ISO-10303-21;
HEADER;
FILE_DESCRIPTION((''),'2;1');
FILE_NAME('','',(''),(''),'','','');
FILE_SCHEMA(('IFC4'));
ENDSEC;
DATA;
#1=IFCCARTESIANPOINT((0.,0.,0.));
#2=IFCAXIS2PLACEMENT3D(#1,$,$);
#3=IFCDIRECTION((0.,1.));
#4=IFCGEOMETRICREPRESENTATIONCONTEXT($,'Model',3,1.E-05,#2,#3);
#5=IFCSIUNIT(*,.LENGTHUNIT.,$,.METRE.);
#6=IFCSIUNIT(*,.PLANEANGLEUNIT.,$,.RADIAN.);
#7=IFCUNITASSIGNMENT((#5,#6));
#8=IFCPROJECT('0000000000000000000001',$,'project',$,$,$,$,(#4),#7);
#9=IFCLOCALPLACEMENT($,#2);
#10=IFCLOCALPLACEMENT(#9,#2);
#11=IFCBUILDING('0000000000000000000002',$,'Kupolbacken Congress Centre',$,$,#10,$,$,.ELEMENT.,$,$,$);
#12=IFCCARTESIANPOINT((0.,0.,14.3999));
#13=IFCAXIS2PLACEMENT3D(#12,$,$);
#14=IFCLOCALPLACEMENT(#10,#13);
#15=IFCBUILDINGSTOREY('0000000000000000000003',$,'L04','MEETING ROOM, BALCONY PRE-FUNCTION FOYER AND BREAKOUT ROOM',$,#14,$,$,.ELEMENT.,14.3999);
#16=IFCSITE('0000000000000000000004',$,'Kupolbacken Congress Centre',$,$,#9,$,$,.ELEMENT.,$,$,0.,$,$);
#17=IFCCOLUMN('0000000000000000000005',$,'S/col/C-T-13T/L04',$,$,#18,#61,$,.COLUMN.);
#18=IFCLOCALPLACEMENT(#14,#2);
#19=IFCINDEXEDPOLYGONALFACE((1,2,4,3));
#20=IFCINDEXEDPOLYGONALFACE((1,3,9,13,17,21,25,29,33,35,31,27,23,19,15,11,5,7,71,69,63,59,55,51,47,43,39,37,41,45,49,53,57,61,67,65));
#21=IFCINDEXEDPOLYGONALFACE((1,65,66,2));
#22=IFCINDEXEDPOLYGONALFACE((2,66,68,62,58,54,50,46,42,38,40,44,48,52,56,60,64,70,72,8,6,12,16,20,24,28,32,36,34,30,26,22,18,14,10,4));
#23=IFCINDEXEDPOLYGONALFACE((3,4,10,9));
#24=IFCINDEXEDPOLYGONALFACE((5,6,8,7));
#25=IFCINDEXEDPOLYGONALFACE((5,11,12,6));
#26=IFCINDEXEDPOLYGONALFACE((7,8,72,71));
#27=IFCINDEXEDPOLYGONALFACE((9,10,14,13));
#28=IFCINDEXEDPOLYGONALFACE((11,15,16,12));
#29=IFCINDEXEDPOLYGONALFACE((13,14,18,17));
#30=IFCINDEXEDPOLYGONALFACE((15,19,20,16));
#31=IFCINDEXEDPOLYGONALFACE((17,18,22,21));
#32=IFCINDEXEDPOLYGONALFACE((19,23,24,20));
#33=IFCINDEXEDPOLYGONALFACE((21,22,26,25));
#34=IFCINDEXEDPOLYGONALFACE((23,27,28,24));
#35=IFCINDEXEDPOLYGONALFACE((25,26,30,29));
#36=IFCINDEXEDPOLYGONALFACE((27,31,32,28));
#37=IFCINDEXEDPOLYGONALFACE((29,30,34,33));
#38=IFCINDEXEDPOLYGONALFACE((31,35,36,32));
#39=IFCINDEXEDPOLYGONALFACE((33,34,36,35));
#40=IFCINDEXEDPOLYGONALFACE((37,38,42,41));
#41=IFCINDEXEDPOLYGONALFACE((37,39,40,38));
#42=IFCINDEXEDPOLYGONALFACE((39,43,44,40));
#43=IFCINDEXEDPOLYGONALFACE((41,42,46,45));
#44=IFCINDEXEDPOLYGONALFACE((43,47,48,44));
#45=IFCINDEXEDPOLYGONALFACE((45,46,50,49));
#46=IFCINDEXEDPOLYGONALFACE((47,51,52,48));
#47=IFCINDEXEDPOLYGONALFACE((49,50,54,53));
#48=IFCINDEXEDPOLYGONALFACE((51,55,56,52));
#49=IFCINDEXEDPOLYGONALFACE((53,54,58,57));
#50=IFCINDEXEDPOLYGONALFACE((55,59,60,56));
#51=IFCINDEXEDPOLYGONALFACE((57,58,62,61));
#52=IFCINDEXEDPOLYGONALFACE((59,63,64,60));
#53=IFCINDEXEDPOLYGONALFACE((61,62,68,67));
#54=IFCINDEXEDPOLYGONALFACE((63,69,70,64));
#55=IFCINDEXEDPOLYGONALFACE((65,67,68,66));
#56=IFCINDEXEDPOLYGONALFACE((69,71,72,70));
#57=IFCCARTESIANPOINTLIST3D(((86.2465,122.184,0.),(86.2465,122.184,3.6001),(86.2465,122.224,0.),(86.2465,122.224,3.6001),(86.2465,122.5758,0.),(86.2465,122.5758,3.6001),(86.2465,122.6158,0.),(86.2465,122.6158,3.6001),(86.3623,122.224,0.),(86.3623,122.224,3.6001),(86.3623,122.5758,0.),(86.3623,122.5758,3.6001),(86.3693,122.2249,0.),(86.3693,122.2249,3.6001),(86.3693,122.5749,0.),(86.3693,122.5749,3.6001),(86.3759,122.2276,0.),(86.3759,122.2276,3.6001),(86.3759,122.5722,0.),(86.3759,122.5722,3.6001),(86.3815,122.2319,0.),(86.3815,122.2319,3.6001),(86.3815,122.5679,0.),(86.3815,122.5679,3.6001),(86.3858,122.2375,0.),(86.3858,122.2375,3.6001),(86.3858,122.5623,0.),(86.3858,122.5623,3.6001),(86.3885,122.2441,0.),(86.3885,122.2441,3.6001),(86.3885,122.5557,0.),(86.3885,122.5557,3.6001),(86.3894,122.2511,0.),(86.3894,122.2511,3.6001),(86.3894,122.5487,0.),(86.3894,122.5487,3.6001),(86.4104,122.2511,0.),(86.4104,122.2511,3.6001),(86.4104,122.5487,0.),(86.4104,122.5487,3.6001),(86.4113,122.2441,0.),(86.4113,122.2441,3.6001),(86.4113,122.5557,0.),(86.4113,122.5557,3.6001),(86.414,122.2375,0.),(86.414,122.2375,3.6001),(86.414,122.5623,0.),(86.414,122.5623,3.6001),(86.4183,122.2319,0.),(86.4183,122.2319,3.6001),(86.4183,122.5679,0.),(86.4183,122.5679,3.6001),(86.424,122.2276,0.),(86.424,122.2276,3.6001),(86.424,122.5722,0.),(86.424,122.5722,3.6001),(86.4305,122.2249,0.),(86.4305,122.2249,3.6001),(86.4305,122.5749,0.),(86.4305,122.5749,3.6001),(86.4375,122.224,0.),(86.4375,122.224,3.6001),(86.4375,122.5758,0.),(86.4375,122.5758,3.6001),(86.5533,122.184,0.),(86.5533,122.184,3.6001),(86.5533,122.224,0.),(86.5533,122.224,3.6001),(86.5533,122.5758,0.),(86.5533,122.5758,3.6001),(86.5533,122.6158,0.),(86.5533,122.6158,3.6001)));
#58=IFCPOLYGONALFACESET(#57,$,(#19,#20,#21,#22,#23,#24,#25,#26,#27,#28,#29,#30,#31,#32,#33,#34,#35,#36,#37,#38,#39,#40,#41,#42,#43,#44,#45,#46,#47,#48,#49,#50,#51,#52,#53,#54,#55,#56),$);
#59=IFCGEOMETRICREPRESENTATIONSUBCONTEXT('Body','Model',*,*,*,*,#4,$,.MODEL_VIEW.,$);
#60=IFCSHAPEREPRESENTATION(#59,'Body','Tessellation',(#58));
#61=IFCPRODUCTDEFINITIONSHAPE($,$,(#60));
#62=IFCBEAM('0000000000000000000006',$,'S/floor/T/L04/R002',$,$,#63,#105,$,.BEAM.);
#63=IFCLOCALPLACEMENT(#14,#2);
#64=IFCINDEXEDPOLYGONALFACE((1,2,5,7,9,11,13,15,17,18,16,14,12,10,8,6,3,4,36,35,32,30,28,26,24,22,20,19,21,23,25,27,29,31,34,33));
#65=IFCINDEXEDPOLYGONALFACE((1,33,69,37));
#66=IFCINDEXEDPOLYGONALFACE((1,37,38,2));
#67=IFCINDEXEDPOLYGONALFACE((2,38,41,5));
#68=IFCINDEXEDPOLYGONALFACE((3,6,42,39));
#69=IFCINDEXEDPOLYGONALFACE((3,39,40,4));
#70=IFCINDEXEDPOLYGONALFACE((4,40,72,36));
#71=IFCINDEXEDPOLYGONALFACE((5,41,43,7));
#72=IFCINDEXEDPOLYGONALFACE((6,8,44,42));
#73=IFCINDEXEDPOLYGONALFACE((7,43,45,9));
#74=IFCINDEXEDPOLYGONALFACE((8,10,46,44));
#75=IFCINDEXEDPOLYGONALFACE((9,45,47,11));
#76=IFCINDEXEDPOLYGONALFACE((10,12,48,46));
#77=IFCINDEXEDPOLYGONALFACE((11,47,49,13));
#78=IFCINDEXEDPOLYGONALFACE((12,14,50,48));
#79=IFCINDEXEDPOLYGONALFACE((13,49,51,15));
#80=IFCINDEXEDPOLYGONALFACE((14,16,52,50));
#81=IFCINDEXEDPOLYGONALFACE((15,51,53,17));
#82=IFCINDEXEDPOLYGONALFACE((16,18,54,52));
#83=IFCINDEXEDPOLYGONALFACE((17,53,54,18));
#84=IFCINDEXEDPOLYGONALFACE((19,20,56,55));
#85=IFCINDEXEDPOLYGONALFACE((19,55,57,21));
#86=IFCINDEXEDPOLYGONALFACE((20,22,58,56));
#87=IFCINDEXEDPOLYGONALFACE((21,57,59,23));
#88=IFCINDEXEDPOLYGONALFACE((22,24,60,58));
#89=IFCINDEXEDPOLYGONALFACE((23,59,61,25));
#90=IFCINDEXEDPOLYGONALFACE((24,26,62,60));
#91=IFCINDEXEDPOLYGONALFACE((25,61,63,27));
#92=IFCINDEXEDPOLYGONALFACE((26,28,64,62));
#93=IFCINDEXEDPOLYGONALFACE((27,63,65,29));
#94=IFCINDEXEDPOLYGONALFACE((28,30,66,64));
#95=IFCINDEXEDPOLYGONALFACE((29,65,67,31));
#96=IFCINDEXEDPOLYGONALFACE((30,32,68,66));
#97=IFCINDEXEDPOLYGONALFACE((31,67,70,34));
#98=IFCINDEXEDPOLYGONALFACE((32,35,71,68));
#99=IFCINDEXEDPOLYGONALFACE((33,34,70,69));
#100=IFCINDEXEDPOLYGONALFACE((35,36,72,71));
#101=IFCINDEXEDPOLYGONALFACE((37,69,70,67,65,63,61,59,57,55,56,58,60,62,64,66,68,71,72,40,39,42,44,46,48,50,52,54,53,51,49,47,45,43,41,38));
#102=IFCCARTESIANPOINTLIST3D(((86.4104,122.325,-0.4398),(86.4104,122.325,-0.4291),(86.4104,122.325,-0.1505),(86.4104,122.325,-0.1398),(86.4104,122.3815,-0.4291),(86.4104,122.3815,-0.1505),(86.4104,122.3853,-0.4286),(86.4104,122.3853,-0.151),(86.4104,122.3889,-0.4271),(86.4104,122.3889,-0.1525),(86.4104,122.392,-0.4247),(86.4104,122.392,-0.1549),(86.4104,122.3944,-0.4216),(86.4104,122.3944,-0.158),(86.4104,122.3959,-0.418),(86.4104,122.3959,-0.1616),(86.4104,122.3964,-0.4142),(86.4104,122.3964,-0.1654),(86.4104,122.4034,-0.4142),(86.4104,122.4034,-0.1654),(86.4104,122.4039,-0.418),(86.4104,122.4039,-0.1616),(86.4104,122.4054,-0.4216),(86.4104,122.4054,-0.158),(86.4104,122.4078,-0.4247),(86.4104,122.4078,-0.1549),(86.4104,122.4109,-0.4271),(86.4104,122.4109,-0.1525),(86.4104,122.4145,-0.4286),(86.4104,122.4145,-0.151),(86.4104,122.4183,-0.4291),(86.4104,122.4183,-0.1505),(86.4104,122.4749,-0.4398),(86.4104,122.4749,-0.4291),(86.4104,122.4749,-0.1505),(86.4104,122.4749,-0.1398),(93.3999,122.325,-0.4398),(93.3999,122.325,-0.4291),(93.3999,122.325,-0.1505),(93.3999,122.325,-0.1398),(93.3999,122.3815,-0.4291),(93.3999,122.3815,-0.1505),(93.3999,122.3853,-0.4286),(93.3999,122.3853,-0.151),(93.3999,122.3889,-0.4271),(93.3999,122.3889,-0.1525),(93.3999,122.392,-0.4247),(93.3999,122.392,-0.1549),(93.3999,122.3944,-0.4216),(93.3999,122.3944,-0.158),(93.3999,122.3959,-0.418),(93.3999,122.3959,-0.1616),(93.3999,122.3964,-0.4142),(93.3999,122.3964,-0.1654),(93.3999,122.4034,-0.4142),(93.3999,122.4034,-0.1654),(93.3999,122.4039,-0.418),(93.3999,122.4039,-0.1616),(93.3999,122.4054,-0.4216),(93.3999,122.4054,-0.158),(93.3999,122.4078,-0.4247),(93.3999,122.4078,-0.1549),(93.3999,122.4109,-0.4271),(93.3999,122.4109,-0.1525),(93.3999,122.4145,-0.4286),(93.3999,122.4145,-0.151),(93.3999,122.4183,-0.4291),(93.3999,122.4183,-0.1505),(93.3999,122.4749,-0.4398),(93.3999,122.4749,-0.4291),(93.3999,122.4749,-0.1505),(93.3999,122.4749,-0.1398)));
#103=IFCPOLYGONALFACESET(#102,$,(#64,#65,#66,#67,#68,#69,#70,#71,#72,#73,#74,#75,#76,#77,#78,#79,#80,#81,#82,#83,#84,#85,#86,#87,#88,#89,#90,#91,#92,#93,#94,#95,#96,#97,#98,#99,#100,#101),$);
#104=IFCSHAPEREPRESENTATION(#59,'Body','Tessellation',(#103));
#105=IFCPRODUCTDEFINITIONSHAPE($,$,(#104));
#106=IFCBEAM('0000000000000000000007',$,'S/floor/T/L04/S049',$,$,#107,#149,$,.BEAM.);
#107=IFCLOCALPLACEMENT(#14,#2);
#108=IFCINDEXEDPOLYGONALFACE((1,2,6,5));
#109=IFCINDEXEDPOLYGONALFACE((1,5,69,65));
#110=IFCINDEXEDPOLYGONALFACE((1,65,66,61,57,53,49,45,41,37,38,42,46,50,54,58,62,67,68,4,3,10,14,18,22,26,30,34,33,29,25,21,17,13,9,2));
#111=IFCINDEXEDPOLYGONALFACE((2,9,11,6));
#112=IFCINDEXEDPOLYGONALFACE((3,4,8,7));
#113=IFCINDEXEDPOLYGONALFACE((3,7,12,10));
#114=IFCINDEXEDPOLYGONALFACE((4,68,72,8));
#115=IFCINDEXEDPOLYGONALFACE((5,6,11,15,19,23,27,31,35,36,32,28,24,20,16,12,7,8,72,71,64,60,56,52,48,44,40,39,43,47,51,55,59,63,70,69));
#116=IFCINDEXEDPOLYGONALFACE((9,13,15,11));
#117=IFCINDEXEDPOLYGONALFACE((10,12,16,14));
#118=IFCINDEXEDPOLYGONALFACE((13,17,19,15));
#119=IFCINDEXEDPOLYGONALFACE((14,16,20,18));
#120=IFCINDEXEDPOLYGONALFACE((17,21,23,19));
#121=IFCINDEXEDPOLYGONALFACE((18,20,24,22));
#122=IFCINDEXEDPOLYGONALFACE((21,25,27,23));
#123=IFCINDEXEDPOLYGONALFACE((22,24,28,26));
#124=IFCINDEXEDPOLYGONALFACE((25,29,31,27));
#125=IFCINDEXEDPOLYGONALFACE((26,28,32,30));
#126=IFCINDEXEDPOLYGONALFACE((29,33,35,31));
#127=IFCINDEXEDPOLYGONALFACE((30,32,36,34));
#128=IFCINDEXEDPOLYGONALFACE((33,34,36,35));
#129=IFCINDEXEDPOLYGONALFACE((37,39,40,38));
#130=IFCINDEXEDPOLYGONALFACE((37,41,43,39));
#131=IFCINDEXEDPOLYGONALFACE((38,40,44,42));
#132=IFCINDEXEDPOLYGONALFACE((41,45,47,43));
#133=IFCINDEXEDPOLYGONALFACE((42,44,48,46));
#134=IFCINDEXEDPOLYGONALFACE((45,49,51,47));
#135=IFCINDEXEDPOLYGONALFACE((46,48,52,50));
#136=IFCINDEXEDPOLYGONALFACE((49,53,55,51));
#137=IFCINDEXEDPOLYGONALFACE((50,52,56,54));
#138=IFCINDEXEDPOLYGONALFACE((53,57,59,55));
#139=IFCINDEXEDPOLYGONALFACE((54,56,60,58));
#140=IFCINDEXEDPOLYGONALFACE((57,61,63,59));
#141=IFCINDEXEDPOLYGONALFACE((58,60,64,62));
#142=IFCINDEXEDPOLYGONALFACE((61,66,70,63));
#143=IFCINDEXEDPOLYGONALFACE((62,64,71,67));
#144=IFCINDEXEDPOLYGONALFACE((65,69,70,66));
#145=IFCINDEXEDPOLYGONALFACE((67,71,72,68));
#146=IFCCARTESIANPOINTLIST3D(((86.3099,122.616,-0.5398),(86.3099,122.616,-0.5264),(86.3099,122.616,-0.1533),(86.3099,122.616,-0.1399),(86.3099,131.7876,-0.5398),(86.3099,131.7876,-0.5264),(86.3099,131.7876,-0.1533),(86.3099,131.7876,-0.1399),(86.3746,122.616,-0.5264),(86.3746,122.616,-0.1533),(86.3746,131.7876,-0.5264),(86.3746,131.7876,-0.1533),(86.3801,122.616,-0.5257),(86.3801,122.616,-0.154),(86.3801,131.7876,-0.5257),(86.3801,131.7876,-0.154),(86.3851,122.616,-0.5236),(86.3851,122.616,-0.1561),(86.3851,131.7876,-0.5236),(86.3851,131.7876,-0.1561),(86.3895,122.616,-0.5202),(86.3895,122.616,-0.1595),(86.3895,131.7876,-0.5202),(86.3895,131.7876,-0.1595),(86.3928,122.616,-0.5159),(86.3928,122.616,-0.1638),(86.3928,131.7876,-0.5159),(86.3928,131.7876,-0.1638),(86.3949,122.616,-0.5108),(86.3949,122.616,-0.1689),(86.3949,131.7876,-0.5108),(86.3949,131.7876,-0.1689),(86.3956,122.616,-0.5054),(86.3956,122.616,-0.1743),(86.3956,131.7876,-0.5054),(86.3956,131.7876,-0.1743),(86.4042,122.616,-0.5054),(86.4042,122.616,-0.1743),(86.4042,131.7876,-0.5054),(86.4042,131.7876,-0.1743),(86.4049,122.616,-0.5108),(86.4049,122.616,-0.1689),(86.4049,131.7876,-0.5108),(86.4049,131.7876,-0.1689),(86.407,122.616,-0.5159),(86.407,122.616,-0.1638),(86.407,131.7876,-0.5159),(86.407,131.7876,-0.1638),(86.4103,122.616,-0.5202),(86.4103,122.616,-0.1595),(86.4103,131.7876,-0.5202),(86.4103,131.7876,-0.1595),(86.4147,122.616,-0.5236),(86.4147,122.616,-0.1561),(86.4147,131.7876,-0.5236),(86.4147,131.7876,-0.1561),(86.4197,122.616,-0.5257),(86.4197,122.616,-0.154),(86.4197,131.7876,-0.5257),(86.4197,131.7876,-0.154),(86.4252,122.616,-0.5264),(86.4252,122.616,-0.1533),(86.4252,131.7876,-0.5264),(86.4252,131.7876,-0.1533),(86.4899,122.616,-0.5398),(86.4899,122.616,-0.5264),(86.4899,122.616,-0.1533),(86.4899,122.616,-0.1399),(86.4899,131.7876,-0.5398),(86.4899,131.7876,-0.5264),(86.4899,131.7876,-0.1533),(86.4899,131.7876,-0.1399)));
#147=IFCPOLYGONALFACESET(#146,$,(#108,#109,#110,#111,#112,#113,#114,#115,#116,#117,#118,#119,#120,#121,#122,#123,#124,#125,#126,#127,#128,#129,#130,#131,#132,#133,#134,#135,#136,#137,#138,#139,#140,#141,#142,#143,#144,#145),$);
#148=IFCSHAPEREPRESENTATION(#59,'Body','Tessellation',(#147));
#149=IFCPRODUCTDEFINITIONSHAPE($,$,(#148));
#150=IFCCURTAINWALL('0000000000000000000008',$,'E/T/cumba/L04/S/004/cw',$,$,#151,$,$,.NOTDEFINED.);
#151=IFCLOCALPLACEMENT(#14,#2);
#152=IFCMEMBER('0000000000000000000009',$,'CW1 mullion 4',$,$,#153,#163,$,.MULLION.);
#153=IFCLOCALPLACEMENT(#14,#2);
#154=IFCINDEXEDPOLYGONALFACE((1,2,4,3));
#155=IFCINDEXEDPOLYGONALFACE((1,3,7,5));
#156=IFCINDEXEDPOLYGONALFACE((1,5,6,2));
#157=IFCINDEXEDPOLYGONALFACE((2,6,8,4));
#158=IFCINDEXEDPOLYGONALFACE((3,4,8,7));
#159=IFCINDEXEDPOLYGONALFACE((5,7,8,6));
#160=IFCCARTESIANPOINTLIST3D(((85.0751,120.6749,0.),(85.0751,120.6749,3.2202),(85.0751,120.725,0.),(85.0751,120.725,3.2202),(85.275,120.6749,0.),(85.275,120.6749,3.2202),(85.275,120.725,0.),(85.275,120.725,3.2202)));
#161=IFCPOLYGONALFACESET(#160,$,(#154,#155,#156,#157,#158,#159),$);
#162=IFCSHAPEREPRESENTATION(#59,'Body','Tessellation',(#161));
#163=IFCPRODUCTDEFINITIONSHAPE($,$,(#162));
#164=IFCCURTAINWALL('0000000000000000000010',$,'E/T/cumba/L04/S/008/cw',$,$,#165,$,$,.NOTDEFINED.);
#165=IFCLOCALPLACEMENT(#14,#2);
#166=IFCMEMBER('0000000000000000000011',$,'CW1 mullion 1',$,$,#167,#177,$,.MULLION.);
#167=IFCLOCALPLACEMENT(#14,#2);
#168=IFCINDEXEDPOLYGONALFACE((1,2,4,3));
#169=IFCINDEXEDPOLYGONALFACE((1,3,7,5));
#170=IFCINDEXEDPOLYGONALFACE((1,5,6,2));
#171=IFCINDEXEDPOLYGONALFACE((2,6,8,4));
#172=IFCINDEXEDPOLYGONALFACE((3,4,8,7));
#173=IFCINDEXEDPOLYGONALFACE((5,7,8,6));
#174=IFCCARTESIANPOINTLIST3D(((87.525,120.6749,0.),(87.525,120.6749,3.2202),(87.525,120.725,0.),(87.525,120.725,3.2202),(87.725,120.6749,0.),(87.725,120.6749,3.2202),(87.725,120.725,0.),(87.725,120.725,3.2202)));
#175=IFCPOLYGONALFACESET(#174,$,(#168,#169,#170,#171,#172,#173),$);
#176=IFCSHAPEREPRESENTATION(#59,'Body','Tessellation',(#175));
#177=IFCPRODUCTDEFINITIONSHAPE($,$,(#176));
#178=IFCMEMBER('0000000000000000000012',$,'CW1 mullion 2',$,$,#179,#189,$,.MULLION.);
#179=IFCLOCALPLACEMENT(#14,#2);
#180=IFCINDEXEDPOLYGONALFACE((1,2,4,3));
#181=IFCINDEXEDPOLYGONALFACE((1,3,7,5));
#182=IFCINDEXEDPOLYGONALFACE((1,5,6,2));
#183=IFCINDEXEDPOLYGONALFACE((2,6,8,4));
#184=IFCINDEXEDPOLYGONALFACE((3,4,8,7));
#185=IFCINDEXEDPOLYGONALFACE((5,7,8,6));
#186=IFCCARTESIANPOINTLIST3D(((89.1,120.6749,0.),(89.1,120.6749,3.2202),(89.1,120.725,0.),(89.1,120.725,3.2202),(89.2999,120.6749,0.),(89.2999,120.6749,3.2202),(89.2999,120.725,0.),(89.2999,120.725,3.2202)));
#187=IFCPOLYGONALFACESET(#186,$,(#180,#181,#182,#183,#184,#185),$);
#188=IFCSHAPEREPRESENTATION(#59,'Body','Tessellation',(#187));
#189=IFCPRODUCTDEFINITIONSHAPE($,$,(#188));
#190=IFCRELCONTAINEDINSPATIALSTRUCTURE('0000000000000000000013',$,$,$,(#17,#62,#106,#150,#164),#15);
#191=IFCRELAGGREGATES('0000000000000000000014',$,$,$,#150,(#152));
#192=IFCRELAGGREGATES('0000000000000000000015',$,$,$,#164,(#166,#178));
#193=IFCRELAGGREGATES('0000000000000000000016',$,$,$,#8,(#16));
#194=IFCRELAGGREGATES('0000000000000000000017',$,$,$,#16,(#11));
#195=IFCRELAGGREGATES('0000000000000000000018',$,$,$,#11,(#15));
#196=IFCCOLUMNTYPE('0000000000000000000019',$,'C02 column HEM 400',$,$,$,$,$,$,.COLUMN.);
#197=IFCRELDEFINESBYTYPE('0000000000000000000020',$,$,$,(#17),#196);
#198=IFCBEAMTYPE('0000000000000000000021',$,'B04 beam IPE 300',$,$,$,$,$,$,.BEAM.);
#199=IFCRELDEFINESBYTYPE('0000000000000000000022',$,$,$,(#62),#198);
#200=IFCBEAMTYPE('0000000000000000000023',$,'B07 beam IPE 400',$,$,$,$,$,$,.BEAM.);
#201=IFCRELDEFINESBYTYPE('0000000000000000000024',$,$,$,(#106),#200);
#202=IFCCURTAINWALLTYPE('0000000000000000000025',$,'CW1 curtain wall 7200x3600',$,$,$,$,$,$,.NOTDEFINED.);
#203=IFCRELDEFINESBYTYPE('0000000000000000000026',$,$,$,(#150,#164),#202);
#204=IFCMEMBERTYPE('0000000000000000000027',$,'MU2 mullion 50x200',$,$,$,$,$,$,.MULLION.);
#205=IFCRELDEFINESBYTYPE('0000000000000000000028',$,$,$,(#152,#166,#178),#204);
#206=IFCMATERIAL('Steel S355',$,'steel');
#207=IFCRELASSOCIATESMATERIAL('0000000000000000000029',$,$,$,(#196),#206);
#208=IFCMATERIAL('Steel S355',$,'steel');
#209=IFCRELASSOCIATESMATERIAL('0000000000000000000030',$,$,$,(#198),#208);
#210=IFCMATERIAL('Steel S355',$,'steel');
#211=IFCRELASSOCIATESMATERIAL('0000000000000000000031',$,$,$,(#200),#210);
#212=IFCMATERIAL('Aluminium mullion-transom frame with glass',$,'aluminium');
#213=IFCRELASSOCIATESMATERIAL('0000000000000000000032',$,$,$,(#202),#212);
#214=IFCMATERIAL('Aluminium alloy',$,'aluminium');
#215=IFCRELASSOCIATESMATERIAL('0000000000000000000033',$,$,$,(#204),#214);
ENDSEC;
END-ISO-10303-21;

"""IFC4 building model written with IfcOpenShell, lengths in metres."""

from ifc_helpers import new_model, si_unit, direction, frame, origin, origin_2d, place, context, subcontext, project, spatial, rectangle, i_section, extrude, material, material_profile, profile_set, type_object, element, aggregate, save


model = new_model("IFC4")

# Units and contexts
model_context = context("Model", 3, precision=1e-05, world=origin(), true_north=direction((0.0, 1.0)))
body_context = subcontext(model_context, "Body", "Model", "MODEL_VIEW")
ifc_project = project(units=[si_unit("LENGTHUNIT", "METRE"), si_unit("PLANEANGLEUNIT", "RADIAN")], contexts=[model_context])

# Site, building, storey
site_placement = place(None, origin())
site = spatial("IfcSite", under=ifc_project, at=site_placement, Name="Kupolbacken Congress Centre", CompositionType="ELEMENT", RefElevation=0.0)
building_placement = place(site_placement, origin())
building = spatial("IfcBuilding", under=site, at=building_placement, Name="Kupolbacken Congress Centre", CompositionType="ELEMENT")
storey_placement = place(building_placement, frame((0.0, 0.0, 14.3999)))
storey = spatial("IfcBuildingStorey", under=building, at=storey_placement, Name="L04", Description="MEETING ROOM, BALCONY PRE-FUNCTION FOYER AND BREAKOUT ROOM", CompositionType="ELEMENT", Elevation=14.3999)

# Column
ifc_material_1 = material(Name="Steel S355", Category="steel")
ifc_material_profile_1 = material_profile(ifc_material_1, i_section(OverallWidth=0.3069, OverallDepth=0.4319, WebThickness=0.021, FlangeThickness=0.04, FilletRadius=0.0271, at=origin_2d()), Name="HEM 400")
ifc_profile_set_1 = profile_set([ifc_material_profile_1], Name="Steel S355")
column_type = type_object("IfcColumnType", Name="C02 column HEM 400", PredefinedType="COLUMN", material=ifc_profile_set_1)
column_placement = place(storey_placement, frame((86.3999, 122.3999, 0.0), z_axis=(0.0, 0.0, 1.0), x_axis=(1.0, 0.0, 0.0)))
element("IfcColumn", 1, at=column_placement, inside=storey, type_object=column_type, Name="S/col/C-T-13T/L04", PredefinedType="COLUMN", context=body_context, shape_type="SweptSolid", body=[
    extrude(i_section(OverallWidth=0.3069, OverallDepth=0.4319, WebThickness=0.021, FlangeThickness=0.04, FilletRadius=0.0271, at=origin_2d()), origin(), (0.0, 0.0, 1.0), 3.6001),
])

# Beams
ifc_material_2 = material(Name="Steel S355", Category="steel")
ifc_material_profile_2 = material_profile(ifc_material_2, i_section(OverallWidth=0.1499, OverallDepth=0.3, WebThickness=0.0071, FlangeThickness=0.0107, FilletRadius=0.0149, at=origin_2d()), Name="IPE 300")
ifc_profile_set_2 = profile_set([ifc_material_profile_2], Name="Steel S355")
beam_type_1 = type_object("IfcBeamType", Name="B04 beam IPE 300", PredefinedType="BEAM", material=ifc_profile_set_2)
beam_1_placement = place(storey_placement, frame((86.4104, 122.3999, -0.2898), z_axis=(1.0, 0.0, 0.0), x_axis=(0.0, 1.0, 0.0)))
element("IfcBeam", 2, at=beam_1_placement, inside=storey, type_object=beam_type_1, Name="S/floor/T/L04/R002", PredefinedType="BEAM", context=body_context, shape_type="SweptSolid", body=[
    extrude(i_section(OverallWidth=0.1499, OverallDepth=0.3, WebThickness=0.0071, FlangeThickness=0.0107, FilletRadius=0.0149, at=origin_2d()), origin(), (0.0, 0.0, 1.0), 6.9895),
])
ifc_material_3 = material(Name="Steel S355", Category="steel")
ifc_material_profile_3 = material_profile(ifc_material_3, i_section(OverallWidth=0.1799, OverallDepth=0.3999, WebThickness=0.0085, FlangeThickness=0.0134, FilletRadius=0.021, at=origin_2d()), Name="IPE 400")
ifc_profile_set_3 = profile_set([ifc_material_profile_3], Name="Steel S355")
beam_type_2 = type_object("IfcBeamType", Name="B07 beam IPE 400", PredefinedType="BEAM", material=ifc_profile_set_3)
beam_2_placement = place(storey_placement, frame((86.3999, 122.616, -0.3398), z_axis=(0.0, 1.0, 0.0), x_axis=(-1.0, 0.0, 0.0)))
element("IfcBeam", 3, at=beam_2_placement, inside=storey, type_object=beam_type_2, Name="S/floor/T/L04/S049", PredefinedType="BEAM", context=body_context, shape_type="SweptSolid", body=[
    extrude(i_section(OverallWidth=0.1799, OverallDepth=0.3999, WebThickness=0.0085, FlangeThickness=0.0134, FilletRadius=0.021, at=origin_2d()), origin(), (0.0, 0.0, 1.0), 9.1716),
])

# Curtain wall, member
ifc_material_4 = material(Name="Aluminium mullion-transom frame with glass", Category="aluminium")
curtain_wall_type = type_object("IfcCurtainWallType", Name="CW1 curtain wall 7200x3600", PredefinedType="NOTDEFINED", material=ifc_material_4)
curtain_wall_1_placement = place(storey_placement, origin())
curtain_wall_1 = element("IfcCurtainWall", 4, at=curtain_wall_1_placement, inside=storey, type_object=curtain_wall_type, Name="E/T/cumba/L04/S/004/cw", PredefinedType="NOTDEFINED")
ifc_material_5 = material(Name="Aluminium alloy", Category="aluminium")
ifc_material_profile_4 = material_profile(ifc_material_5, rectangle(XDim=0.05, YDim=0.2, at=origin_2d()), Name="50 x 200")
ifc_profile_set_4 = profile_set([ifc_material_profile_4], Name="Aluminium alloy")
member_type_1 = type_object("IfcMemberType", Name="MU2 mullion 50x200", PredefinedType="MULLION", material=ifc_profile_set_4)
member_1_placement = place(storey_placement, frame((85.175, 120.7, 0.0), z_axis=(0.0, 0.0, 1.0), x_axis=(0.0, 1.0, 0.0)))
member_1 = element("IfcMember", 5, at=member_1_placement, type_object=member_type_1, Name="CW1 mullion 4", PredefinedType="MULLION", context=body_context, shape_type="SweptSolid", body=[
    extrude(rectangle(XDim=0.05, YDim=0.2, at=origin_2d()), origin(), (0.0, 0.0, 1.0), 3.2202),
])

# Curtain wall, members
curtain_wall_2_placement = place(storey_placement, origin())
curtain_wall_2 = element("IfcCurtainWall", 6, at=curtain_wall_2_placement, inside=storey, type_object=curtain_wall_type, Name="E/T/cumba/L04/S/008/cw", PredefinedType="NOTDEFINED")
member_2_placement = place(storey_placement, frame((87.625, 120.7, 0.0), z_axis=(0.0, 0.0, 1.0), x_axis=(0.0, 1.0, 0.0)))
member_2 = element("IfcMember", 7, at=member_2_placement, type_object=member_type_1, Name="CW1 mullion 1", PredefinedType="MULLION", context=body_context, shape_type="SweptSolid", body=[
    extrude(rectangle(XDim=0.05, YDim=0.2, at=origin_2d()), origin(), (0.0, 0.0, 1.0), 3.2202),
])
member_3_placement = place(storey_placement, frame((89.2, 120.7, 0.0), z_axis=(0.0, 0.0, 1.0), x_axis=(0.0, 1.0, 0.0)))
member_3 = element("IfcMember", 8, at=member_3_placement, type_object=member_type_1, Name="CW1 mullion 2", PredefinedType="MULLION", context=body_context, shape_type="SweptSolid", body=[
    extrude(rectangle(XDim=0.05, YDim=0.2, at=origin_2d()), origin(), (0.0, 0.0, 1.0), 3.2202),
])

aggregate(curtain_wall_1, [member_1])
aggregate(curtain_wall_2, [member_2, member_3])

save(model, "model.ifc")
